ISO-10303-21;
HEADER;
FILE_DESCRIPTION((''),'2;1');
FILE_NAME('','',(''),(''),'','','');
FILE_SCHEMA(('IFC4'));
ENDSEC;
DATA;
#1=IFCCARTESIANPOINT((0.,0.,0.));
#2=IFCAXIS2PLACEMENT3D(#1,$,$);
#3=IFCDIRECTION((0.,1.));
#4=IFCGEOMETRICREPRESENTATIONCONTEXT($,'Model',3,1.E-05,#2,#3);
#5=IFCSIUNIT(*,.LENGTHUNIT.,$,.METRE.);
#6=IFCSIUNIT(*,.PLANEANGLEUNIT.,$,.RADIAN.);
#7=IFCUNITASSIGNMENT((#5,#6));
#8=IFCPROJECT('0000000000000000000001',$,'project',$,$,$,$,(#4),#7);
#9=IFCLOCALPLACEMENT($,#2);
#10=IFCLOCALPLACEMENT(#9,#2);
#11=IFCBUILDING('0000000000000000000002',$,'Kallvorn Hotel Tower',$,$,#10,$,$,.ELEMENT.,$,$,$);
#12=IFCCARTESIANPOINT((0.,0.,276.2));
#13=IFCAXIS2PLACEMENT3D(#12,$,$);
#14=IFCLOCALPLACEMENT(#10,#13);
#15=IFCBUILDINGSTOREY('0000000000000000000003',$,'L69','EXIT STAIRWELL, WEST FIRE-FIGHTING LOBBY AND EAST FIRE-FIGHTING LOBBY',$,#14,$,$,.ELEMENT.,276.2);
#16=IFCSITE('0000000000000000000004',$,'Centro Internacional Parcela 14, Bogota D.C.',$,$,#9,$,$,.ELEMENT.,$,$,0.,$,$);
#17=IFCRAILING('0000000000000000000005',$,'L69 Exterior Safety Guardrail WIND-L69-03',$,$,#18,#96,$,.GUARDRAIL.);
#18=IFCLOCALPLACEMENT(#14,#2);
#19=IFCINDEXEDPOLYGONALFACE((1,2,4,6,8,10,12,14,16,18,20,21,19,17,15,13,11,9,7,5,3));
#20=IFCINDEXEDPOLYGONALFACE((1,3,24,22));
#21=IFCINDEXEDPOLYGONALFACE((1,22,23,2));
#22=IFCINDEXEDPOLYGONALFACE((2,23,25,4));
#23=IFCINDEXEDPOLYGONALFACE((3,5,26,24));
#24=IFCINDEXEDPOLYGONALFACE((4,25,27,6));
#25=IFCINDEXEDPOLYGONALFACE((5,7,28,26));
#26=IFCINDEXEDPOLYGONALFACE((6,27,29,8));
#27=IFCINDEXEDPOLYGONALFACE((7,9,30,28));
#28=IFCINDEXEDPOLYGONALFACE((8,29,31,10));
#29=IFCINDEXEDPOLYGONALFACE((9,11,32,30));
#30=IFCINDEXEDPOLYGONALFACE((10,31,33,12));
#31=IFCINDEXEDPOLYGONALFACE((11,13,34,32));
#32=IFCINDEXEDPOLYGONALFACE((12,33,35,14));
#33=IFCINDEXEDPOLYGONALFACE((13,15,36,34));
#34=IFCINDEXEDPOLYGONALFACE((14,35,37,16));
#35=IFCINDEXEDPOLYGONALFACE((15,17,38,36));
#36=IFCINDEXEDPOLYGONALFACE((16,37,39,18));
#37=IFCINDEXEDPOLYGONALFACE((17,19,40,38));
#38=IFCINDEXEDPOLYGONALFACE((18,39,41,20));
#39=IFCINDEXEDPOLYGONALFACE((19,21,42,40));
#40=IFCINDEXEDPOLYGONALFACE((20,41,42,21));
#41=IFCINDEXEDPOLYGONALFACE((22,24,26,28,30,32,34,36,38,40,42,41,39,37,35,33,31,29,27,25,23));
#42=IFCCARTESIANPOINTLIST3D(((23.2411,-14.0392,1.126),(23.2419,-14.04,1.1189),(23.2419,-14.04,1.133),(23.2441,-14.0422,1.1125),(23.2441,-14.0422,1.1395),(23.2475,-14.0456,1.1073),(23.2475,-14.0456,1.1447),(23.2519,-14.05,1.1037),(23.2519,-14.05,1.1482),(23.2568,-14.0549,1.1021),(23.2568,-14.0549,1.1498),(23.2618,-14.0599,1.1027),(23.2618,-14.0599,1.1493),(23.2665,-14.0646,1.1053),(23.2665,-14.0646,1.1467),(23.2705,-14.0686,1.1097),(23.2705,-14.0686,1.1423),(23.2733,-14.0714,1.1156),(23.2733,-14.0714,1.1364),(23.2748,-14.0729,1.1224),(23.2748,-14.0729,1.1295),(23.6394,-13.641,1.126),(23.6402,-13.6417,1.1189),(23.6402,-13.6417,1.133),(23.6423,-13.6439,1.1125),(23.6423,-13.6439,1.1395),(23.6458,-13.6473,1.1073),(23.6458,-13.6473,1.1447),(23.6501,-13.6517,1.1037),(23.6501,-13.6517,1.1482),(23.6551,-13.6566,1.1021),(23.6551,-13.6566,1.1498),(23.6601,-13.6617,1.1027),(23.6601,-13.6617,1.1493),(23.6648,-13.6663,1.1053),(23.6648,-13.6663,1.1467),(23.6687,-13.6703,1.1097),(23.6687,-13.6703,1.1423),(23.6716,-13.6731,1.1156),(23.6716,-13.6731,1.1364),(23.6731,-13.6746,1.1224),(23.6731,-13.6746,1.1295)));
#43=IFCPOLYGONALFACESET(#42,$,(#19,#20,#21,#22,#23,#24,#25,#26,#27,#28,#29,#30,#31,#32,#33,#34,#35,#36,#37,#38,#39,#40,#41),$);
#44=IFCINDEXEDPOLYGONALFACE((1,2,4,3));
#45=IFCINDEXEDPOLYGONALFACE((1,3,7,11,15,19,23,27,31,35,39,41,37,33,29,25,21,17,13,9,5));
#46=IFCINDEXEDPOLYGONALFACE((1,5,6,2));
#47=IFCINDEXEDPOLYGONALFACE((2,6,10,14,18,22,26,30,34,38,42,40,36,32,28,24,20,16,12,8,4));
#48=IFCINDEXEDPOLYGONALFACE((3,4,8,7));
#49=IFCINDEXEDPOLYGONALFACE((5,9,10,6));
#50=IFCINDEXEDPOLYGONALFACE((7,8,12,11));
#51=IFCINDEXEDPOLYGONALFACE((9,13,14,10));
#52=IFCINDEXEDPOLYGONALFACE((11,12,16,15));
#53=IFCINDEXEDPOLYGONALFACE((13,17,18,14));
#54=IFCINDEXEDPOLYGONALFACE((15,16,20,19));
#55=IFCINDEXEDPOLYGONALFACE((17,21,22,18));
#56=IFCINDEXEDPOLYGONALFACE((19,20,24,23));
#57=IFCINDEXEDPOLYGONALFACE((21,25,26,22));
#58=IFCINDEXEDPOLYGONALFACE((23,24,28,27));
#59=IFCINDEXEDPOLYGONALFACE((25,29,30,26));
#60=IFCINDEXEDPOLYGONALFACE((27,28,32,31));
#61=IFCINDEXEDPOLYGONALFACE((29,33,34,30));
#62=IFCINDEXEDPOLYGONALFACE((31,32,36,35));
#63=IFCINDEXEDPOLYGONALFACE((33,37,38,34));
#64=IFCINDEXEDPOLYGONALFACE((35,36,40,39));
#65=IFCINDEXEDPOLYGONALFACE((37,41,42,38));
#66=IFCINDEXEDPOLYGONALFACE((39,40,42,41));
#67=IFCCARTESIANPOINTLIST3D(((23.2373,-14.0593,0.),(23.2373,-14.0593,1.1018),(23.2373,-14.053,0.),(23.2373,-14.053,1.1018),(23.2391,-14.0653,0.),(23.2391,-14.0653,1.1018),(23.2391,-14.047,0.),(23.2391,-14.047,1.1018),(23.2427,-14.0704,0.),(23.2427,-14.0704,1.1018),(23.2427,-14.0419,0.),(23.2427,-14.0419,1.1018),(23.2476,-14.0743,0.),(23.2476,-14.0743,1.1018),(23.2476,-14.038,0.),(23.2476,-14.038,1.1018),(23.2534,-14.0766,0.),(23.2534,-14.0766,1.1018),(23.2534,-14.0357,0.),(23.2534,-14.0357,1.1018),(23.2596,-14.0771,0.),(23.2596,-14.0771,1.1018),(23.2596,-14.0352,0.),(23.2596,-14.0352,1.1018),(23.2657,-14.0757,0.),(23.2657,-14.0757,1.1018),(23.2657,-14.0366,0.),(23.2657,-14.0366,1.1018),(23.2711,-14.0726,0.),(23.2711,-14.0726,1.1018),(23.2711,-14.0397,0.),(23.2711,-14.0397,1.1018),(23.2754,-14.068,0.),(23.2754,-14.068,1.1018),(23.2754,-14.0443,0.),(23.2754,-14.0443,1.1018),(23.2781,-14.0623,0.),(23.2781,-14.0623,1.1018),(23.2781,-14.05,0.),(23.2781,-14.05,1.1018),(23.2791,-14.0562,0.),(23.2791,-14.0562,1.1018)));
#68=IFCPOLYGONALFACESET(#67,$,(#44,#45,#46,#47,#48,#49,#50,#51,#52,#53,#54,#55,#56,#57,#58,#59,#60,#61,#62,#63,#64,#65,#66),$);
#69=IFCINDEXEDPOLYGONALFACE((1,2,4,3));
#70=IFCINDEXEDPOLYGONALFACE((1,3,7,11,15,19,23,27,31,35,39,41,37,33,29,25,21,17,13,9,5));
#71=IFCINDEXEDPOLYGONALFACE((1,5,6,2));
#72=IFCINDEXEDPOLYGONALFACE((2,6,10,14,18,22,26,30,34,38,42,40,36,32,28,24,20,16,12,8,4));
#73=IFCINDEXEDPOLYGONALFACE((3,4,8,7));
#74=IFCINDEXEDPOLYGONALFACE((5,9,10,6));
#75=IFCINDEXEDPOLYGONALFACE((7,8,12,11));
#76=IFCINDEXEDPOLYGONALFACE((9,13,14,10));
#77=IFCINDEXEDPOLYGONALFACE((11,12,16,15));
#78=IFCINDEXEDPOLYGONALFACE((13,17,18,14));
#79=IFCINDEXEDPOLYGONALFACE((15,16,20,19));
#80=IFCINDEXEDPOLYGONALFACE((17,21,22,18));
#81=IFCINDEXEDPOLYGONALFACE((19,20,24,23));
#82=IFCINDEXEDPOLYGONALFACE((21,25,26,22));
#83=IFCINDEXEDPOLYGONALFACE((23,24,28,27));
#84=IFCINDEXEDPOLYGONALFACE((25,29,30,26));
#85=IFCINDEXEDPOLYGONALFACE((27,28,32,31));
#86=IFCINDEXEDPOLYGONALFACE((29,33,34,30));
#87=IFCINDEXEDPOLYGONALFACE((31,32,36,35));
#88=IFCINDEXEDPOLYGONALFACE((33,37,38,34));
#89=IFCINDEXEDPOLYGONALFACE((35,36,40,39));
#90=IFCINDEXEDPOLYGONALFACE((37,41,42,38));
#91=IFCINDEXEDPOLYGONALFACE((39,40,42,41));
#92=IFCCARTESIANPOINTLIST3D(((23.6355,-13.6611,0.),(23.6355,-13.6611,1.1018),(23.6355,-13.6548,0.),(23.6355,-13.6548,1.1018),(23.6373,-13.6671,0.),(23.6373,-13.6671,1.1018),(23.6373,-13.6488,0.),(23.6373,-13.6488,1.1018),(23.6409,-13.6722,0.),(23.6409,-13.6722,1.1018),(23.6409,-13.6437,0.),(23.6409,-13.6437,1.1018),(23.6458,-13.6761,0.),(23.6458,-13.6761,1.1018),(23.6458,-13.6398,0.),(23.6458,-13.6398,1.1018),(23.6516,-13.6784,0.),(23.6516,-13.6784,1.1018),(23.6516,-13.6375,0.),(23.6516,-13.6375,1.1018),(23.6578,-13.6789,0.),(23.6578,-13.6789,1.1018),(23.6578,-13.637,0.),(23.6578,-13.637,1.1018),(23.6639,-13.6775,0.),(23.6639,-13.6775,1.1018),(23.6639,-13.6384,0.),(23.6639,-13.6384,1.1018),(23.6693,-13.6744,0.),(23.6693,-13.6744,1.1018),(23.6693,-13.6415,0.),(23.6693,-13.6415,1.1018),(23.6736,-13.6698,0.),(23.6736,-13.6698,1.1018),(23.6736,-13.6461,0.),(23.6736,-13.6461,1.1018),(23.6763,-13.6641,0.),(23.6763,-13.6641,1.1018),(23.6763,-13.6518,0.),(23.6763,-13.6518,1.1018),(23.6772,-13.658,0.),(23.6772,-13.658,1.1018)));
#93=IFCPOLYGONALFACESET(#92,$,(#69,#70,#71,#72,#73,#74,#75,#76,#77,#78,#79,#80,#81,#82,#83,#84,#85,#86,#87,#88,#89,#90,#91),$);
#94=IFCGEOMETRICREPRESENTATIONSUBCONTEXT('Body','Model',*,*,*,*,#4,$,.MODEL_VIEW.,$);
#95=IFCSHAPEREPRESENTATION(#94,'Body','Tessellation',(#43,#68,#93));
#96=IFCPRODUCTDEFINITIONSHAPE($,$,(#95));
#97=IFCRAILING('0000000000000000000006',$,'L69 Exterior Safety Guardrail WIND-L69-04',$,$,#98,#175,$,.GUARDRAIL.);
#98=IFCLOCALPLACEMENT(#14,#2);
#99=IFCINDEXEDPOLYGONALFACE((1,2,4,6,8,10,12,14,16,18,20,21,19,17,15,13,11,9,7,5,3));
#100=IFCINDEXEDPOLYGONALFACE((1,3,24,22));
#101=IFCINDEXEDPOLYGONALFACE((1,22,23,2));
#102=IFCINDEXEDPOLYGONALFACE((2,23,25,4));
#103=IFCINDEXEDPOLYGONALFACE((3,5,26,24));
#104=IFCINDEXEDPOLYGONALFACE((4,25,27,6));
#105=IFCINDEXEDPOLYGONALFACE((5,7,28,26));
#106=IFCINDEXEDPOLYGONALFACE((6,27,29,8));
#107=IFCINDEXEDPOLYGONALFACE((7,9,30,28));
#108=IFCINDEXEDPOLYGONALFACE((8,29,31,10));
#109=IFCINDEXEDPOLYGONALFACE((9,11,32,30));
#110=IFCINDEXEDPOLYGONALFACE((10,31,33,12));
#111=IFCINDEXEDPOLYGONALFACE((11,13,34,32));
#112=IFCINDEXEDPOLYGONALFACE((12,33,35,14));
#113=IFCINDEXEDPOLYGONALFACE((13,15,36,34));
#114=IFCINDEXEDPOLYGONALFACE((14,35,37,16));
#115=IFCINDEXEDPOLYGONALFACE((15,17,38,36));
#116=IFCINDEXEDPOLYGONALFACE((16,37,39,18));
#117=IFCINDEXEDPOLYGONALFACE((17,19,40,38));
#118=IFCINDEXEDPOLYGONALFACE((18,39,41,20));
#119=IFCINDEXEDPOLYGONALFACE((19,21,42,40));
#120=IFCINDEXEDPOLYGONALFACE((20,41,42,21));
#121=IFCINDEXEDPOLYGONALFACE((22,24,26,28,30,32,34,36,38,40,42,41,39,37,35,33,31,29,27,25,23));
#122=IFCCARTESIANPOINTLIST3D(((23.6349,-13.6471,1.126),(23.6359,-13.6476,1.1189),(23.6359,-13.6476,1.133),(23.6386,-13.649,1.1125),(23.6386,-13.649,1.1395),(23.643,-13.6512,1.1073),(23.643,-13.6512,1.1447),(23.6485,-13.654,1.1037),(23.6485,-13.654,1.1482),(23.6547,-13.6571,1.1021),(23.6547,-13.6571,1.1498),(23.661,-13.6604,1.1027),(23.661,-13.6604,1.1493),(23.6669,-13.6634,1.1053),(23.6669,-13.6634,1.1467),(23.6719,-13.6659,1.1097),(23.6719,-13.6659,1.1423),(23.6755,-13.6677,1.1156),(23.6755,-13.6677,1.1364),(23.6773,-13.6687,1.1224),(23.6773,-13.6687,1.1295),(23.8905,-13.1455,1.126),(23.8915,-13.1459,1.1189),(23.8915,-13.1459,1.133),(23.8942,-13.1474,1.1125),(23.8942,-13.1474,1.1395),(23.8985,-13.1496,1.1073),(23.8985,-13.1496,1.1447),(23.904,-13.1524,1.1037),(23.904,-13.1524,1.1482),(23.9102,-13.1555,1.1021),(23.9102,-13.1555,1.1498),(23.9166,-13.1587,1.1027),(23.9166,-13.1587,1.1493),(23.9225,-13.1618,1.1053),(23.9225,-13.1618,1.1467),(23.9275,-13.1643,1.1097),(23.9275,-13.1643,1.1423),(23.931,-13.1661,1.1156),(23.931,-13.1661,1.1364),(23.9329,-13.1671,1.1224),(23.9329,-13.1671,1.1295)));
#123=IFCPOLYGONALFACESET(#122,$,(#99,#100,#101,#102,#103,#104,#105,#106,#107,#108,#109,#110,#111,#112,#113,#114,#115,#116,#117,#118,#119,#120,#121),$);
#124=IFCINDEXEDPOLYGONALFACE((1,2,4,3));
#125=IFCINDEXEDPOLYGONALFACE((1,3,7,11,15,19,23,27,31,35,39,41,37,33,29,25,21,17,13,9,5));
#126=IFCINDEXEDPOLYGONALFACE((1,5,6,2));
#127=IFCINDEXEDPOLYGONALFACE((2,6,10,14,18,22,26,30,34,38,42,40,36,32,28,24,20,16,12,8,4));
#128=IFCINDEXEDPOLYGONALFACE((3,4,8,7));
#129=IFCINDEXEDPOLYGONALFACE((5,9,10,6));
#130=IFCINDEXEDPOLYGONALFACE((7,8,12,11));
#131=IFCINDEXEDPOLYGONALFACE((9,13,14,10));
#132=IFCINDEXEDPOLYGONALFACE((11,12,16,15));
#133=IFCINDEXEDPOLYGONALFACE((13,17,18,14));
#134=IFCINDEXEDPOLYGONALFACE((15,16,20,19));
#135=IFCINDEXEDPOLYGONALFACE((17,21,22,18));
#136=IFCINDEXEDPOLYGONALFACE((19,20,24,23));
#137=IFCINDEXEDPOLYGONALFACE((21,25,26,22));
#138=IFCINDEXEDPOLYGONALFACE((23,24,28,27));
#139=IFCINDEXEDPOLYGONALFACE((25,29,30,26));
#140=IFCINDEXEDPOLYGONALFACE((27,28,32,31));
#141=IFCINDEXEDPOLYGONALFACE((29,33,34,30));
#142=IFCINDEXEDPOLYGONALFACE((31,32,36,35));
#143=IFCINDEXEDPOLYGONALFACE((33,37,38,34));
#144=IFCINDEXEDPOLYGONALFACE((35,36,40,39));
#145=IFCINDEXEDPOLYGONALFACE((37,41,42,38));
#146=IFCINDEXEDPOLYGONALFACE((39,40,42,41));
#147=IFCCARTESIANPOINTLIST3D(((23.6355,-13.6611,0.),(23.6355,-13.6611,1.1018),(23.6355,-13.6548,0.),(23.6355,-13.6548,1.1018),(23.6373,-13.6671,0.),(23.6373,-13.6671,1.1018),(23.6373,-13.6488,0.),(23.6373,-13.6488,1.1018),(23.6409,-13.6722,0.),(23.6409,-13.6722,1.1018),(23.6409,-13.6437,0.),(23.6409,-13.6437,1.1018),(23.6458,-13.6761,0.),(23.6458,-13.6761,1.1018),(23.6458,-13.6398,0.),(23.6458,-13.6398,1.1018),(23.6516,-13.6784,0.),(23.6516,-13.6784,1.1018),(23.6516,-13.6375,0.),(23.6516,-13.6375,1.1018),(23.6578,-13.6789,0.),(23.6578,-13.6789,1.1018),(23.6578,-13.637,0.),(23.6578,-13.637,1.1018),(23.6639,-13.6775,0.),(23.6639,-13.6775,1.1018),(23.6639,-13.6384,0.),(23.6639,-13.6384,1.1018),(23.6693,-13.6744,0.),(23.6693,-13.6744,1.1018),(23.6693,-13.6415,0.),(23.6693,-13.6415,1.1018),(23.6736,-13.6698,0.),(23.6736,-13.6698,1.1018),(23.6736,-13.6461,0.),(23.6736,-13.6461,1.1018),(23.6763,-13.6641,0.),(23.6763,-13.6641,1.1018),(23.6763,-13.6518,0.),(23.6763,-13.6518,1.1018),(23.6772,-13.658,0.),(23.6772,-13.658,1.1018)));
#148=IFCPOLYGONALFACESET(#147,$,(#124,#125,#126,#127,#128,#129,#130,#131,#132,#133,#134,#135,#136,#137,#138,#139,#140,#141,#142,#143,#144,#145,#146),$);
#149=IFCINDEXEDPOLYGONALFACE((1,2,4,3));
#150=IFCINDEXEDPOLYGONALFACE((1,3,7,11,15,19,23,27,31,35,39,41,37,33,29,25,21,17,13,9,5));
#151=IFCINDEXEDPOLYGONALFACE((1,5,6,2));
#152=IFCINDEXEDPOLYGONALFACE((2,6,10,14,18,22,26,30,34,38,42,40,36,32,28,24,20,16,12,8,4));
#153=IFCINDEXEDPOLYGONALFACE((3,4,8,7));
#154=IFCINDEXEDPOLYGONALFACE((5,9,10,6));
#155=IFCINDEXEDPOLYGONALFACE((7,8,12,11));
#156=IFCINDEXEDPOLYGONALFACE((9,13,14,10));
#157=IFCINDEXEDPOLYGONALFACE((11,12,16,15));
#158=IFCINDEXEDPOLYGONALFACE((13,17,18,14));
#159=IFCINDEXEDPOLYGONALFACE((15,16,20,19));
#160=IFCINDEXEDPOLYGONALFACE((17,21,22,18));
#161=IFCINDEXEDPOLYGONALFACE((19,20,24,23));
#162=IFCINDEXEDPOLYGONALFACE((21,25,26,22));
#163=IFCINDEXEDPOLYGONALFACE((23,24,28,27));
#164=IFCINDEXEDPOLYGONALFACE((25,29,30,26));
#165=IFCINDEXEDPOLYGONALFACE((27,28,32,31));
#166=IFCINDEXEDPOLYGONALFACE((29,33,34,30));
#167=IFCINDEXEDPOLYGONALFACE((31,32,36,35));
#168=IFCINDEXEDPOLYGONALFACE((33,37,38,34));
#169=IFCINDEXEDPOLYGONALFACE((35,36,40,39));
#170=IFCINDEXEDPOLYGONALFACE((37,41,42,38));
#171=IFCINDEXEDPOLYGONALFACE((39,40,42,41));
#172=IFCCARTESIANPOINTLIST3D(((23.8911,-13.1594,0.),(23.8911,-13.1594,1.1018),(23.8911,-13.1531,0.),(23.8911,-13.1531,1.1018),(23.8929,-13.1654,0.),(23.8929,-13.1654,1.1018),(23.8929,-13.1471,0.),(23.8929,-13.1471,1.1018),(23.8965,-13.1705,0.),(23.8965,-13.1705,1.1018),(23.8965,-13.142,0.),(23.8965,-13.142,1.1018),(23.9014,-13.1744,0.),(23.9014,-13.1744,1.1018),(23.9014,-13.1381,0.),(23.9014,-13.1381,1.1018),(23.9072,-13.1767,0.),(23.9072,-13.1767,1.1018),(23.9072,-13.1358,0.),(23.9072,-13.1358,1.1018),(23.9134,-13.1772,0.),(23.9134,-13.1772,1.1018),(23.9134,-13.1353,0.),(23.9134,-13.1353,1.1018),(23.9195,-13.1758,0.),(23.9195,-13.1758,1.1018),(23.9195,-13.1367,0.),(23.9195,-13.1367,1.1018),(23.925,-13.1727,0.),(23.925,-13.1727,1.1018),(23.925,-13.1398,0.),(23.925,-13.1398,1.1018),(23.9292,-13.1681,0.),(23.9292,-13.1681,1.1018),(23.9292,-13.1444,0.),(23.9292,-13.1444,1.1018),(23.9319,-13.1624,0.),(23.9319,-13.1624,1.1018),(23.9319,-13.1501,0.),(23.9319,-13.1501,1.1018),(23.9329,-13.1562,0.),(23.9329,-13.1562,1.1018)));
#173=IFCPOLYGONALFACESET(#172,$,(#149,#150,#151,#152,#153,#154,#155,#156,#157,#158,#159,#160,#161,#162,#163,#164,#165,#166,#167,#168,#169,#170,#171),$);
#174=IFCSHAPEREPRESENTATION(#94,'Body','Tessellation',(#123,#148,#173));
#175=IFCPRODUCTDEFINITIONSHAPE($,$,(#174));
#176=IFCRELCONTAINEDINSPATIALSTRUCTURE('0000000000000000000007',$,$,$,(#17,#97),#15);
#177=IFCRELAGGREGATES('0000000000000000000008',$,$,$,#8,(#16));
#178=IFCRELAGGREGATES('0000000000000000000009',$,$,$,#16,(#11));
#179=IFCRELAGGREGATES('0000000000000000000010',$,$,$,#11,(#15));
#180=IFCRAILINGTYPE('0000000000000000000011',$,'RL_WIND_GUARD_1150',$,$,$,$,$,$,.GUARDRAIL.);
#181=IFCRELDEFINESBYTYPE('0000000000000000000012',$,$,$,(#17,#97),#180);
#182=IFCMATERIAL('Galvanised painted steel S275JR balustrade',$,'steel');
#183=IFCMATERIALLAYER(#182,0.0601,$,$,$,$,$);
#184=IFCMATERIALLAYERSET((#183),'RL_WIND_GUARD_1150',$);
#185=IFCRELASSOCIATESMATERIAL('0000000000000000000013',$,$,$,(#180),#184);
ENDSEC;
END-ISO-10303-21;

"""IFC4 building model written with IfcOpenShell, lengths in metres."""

from ifc_helpers import new_model, si_unit, direction, frame, origin, origin_2d, place, context, subcontext, project, spatial, circle, extrude, material, layer, layer_set, type_object, element, save


model = new_model("IFC4")

# Units and contexts
model_context = context("Model", 3, precision=1e-05, world=origin(), true_north=direction((0.0, 1.0)))
body_context = subcontext(model_context, "Body", "Model", "MODEL_VIEW")
ifc_project = project(units=[si_unit("LENGTHUNIT", "METRE"), si_unit("PLANEANGLEUNIT", "RADIAN")], contexts=[model_context])

# Site, building, storey
site_placement = place(None, origin())
site = spatial("IfcSite", under=ifc_project, at=site_placement, Name="Centro Internacional Parcela 14, Bogota D.C.", CompositionType="ELEMENT", RefElevation=0.0)
building_placement = place(site_placement, origin())
building = spatial("IfcBuilding", under=site, at=building_placement, Name="Kallvorn Hotel Tower", CompositionType="ELEMENT")
storey_placement = place(building_placement, frame((0.0, 0.0, 276.2)))
storey = spatial("IfcBuildingStorey", under=building, at=storey_placement, Name="L69", Description="EXIT STAIRWELL, WEST FIRE-FIGHTING LOBBY AND EAST FIRE-FIGHTING LOBBY", CompositionType="ELEMENT", Elevation=276.2)

# Railings
ifc_material_1 = material(Name="Galvanised painted steel S275JR balustrade", Category="steel")
ifc_layer_1 = layer(ifc_material_1, 0.0601)
ifc_layer_set_1 = layer_set([ifc_layer_1], Name="RL_WIND_GUARD_1150")
railing_type = type_object("IfcRailingType", Name="RL_WIND_GUARD_1150", PredefinedType="GUARDRAIL", material=ifc_layer_set_1)
railing_1_placement = place(storey_placement, frame((23.2581, -14.0562, 0.0)))
element("IfcRailing", 1, at=railing_1_placement, inside=storey, type_object=railing_type, Name="L69 Exterior Safety Guardrail WIND-L69-03", PredefinedType="GUARDRAIL", context=body_context, shape_type="SweptSolid", body=[
    extrude(circle(Radius=0.0239, at=origin_2d()), frame((0.0, 0.0, 1.126), z_axis=(0.707107, 0.707107, 0.0), x_axis=(-0.707107, 0.707107, 0.0)), (0.0, 0.0, 1.0), 0.5632),
    extrude(circle(Radius=0.021, at=origin_2d()), origin(), (0.0, 0.0, 1.0), 1.1018),
    extrude(circle(Radius=0.021, at=origin_2d()), frame((0.3982, 0.3982, 0.0)), (0.0, 0.0, 1.0), 1.1018),
])
railing_2_placement = place(storey_placement, frame((23.6562, -13.658, 0.0)))
element("IfcRailing", 2, at=railing_2_placement, inside=storey, type_object=railing_type, Name="L69 Exterior Safety Guardrail WIND-L69-04", PredefinedType="GUARDRAIL", context=body_context, shape_type="SweptSolid", body=[
    extrude(circle(Radius=0.0239, at=origin_2d()), frame((0.0, 0.0, 1.126), z_axis=(0.453965, 0.89102, 0.0), x_axis=(-0.89102, 0.453965, 0.0)), (0.0, 0.0, 1.0), 0.563),
    extrude(circle(Radius=0.021, at=origin_2d()), origin(), (0.0, 0.0, 1.0), 1.1018),
    extrude(circle(Radius=0.021, at=origin_2d()), frame((0.2556, 0.5017, 0.0)), (0.0, 0.0, 1.0), 1.1018),
])

save(model, "model.ifc")
